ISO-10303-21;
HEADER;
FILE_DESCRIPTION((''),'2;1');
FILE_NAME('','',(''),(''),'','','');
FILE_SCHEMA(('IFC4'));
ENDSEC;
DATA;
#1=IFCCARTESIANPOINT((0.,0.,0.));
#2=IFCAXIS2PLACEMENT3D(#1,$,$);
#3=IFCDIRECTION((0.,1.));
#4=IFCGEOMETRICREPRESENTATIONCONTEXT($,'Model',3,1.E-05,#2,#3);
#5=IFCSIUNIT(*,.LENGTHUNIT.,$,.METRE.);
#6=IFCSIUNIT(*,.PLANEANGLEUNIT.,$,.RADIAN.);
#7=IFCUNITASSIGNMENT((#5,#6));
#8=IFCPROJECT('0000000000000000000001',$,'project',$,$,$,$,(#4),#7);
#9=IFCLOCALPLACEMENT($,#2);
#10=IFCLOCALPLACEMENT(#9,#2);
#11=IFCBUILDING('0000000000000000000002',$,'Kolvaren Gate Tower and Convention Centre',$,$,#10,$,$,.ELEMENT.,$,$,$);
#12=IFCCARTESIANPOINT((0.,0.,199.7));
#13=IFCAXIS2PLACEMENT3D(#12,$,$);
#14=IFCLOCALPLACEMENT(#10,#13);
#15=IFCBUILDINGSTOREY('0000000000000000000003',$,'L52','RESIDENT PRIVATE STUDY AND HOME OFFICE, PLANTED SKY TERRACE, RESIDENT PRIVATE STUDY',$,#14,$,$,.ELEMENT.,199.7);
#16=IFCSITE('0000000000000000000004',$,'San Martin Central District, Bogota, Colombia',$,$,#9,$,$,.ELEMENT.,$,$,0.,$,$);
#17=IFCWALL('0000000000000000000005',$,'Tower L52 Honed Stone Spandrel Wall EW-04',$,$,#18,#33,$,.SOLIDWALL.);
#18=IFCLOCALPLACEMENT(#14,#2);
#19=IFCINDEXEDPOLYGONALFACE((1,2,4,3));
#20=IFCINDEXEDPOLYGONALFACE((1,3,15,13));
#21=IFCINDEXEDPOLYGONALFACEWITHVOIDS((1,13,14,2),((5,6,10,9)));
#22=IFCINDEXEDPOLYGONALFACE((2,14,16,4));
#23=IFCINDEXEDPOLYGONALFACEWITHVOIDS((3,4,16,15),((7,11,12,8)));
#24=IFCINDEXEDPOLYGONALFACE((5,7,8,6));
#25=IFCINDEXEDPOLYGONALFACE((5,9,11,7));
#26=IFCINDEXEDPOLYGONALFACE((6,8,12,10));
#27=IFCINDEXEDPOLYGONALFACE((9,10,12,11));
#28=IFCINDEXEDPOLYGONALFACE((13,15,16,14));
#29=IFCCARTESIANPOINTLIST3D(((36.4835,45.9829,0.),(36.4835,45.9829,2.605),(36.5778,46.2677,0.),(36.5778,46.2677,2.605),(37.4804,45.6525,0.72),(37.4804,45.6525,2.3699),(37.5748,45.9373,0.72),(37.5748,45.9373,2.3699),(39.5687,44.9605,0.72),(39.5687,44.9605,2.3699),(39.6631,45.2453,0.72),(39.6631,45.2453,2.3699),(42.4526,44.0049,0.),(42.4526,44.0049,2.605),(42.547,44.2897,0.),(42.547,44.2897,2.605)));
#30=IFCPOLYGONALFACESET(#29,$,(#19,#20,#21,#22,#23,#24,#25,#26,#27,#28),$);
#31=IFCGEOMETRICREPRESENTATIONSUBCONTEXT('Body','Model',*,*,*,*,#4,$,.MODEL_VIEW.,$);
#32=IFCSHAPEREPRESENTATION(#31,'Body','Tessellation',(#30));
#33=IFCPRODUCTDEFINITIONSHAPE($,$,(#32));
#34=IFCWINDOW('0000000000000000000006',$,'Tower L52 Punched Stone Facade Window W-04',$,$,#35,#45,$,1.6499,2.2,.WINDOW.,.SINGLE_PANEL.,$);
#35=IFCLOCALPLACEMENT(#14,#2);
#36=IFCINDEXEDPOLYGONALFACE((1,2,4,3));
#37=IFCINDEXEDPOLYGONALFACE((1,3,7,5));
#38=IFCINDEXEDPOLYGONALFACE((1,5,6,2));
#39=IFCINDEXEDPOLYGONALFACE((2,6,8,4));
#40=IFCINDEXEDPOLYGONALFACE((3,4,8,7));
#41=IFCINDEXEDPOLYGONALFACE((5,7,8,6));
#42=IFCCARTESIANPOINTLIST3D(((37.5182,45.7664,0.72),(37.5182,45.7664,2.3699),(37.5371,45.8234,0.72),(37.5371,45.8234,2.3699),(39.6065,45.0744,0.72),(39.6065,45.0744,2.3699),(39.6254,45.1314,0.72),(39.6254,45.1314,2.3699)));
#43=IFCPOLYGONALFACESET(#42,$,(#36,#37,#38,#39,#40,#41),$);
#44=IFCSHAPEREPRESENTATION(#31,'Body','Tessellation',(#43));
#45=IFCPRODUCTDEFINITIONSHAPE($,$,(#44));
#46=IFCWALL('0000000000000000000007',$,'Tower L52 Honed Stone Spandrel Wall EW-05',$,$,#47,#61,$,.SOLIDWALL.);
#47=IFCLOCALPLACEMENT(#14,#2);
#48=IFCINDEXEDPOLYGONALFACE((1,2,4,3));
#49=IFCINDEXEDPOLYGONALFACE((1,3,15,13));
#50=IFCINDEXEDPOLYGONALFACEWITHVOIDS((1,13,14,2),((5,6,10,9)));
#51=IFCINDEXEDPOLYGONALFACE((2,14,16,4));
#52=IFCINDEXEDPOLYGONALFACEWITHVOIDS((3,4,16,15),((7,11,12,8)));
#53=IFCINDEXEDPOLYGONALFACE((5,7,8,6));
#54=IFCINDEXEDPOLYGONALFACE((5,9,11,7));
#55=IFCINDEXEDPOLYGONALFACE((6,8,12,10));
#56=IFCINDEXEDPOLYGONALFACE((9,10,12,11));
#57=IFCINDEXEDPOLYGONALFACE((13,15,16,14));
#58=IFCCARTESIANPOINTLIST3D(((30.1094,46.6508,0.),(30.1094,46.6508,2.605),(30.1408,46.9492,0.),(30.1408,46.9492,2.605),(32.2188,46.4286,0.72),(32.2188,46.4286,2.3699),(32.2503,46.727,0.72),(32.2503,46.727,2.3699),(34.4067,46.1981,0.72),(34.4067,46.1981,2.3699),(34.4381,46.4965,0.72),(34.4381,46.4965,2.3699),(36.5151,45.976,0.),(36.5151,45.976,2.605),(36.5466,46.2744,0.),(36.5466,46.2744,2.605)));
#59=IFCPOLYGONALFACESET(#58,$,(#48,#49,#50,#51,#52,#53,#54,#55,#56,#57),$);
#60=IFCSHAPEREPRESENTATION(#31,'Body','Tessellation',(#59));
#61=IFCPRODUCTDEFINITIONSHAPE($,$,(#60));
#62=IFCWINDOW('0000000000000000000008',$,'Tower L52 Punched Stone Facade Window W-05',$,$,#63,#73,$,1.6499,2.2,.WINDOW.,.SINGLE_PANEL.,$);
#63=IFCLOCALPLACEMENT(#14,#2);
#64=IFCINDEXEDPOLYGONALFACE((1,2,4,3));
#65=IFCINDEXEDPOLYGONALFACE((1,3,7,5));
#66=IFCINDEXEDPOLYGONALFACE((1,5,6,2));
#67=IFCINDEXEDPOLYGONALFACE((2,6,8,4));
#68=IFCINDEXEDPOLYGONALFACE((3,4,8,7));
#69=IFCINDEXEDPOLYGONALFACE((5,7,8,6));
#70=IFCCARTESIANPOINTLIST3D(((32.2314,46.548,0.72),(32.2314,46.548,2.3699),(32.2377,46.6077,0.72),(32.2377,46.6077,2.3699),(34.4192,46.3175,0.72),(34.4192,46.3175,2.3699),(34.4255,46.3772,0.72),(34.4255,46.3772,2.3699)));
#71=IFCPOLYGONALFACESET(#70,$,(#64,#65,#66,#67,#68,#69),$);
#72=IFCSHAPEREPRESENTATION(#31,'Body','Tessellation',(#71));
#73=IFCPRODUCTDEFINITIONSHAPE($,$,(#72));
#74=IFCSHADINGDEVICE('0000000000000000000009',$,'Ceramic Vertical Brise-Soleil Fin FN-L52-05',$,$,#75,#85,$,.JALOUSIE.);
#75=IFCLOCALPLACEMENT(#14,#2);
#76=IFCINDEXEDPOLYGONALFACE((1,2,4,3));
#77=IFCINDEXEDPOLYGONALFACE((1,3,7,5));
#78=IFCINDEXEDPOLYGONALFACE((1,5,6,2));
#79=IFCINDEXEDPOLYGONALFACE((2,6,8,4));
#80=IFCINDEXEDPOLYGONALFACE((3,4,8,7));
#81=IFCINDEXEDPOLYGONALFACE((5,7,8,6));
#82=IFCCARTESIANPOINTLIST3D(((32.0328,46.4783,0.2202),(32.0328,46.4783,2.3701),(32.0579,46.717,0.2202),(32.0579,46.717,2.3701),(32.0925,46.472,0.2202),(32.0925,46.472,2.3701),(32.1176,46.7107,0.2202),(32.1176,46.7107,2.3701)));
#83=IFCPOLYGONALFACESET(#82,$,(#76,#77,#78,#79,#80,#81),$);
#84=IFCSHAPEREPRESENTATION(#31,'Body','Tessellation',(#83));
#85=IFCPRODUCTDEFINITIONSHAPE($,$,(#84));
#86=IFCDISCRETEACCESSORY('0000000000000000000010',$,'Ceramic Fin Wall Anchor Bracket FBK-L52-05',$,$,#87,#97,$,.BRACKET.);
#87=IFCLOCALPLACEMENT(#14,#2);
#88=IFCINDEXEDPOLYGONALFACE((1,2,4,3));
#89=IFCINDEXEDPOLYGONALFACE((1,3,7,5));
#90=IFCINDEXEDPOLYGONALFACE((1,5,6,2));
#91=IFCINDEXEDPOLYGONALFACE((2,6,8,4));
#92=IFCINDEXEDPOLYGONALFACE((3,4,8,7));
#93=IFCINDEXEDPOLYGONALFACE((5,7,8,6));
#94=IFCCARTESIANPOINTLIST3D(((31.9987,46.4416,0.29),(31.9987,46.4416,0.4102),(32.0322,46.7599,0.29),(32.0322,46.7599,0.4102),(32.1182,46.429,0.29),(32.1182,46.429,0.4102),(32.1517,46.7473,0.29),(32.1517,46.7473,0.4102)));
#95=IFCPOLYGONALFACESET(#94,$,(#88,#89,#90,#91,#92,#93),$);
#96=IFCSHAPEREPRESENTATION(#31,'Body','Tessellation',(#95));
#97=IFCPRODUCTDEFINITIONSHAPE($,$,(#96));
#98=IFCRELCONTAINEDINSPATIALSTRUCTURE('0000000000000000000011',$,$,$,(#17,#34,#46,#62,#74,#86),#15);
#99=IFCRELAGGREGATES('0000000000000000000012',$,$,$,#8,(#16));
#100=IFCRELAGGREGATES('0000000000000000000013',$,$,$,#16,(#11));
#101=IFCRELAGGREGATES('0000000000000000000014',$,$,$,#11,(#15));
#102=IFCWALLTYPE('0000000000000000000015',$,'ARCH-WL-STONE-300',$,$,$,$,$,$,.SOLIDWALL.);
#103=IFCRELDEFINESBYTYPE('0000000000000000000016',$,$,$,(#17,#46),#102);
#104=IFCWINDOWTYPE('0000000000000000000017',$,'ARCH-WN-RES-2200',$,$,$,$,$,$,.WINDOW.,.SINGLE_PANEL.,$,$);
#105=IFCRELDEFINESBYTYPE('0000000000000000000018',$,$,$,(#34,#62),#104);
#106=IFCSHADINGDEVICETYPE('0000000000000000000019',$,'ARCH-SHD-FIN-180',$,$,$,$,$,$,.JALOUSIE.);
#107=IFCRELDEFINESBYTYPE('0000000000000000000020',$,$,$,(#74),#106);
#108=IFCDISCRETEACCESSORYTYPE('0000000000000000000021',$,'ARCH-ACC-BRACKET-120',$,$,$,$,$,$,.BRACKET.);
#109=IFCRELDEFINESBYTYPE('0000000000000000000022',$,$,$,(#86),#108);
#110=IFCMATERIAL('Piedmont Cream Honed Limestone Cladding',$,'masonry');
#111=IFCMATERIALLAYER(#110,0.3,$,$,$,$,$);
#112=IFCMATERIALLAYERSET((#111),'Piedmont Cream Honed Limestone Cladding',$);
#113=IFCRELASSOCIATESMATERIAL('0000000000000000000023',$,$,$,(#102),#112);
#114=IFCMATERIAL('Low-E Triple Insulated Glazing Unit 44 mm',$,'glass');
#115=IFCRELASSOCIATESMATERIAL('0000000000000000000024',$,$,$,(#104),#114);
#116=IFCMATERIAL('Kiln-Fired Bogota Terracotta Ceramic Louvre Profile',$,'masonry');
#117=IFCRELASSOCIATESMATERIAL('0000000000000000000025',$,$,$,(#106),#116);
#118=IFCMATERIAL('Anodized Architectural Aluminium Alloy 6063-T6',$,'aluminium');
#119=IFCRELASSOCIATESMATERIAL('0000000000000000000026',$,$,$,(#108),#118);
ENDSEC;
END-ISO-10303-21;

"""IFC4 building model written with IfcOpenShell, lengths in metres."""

from ifc_helpers import new_model, si_unit, direction, frame, frame_2d, origin, origin_2d, place, context, subcontext, project, spatial, rectangle, extrude, material, layer, layer_set, type_object, element, fill, save


model = new_model("IFC4")

# Units and contexts
model_context = context("Model", 3, precision=1e-05, world=origin(), true_north=direction((0.0, 1.0)))
body_context = subcontext(model_context, "Body", "Model", "MODEL_VIEW")
ifc_project = project(units=[si_unit("LENGTHUNIT", "METRE"), si_unit("PLANEANGLEUNIT", "RADIAN")], contexts=[model_context])

# Site, building, storey
site_placement = place(None, origin())
site = spatial("IfcSite", under=ifc_project, at=site_placement, Name="San Martin Central District, Bogota, Colombia", CompositionType="ELEMENT", RefElevation=0.0)
building_placement = place(site_placement, origin())
building = spatial("IfcBuilding", under=site, at=building_placement, Name="Kolvaren Gate Tower and Convention Centre", CompositionType="ELEMENT")
storey_placement = place(building_placement, frame((0.0, 0.0, 199.7)))
storey = spatial("IfcBuildingStorey", under=building, at=storey_placement, Name="L52", Description="RESIDENT PRIVATE STUDY AND HOME OFFICE, PLANTED SKY TERRACE, RESIDENT PRIVATE STUDY", CompositionType="ELEMENT", Elevation=199.7)

# Walls, openings, windows
ifc_material_1 = material(Name="Piedmont Cream Honed Limestone Cladding", Category="masonry")
ifc_layer_1 = layer(ifc_material_1, 0.3)
ifc_layer_set_1 = layer_set([ifc_layer_1], Name="Piedmont Cream Honed Limestone Cladding")
wall_type_1 = type_object("IfcWallType", Name="ARCH-WL-STONE-300", PredefinedType="SOLIDWALL", material=ifc_layer_set_1)
wall_1_placement = place(storey_placement, frame((36.5308, 46.1252, 0.0), z_axis=(0.0, 0.0, 1.0), x_axis=(0.949241, -0.31455, 0.0)))
wall_1 = element("IfcWall", 1, at=wall_1_placement, inside=storey, type_object=wall_type_1, Name="Tower L52 Honed Stone Spandrel Wall EW-04", PredefinedType="SOLIDWALL", context=body_context, shape_type="SweptSolid", body=[
    extrude(rectangle(XDim=6.2883, YDim=0.3, at=frame_2d((3.144, 0.0))), origin(), (0.0, 0.0, 1.0), 2.605),
])
opening_1_placement = place(wall_1_placement, frame((1.05, 0.0, 0.72)))
opening_1 = element("IfcOpeningElement", 2, at=opening_1_placement, cuts=wall_1, PredefinedType="OPENING", context=body_context, shape_type="SweptSolid", body=[
    extrude(rectangle(XDim=2.2, YDim=1.6499, at=frame_2d((1.1001, 0.825))), frame((0.0, 0.1599, 0.0), z_axis=(0.0, -1.0, 0.0), x_axis=(1.0, 0.0, 0.0)), (0.0, 0.0, 1.0), 0.3201),
])
ifc_material_2 = material(Name="Low-E Triple Insulated Glazing Unit 44 mm", Category="glass")
window_type = type_object("IfcWindowType", Name="ARCH-WN-RES-2200", PartitioningType="SINGLE_PANEL", PredefinedType="WINDOW", material=ifc_material_2)
window_1_placement = place(opening_1_placement, origin())
window_1 = element("IfcWindow", 3, at=window_1_placement, inside=storey, type_object=window_type, Name="Tower L52 Punched Stone Facade Window W-04", OverallHeight=1.6499, OverallWidth=2.2, PartitioningType="SINGLE_PANEL", PredefinedType="WINDOW", context=body_context, shape_type="SweptSolid", body=[
    extrude(rectangle(XDim=2.2, YDim=1.6499, at=frame_2d((1.1001, 0.825))), frame((0.0, 0.03, 0.0), z_axis=(0.0, -1.0, 0.0), x_axis=(1.0, 0.0, 0.0)), (0.0, 0.0, 1.0), 0.0601),
])
fill(opening_1, window_1)
wall_2_placement = place(storey_placement, frame((30.125, 46.8, 0.0), z_axis=(0.0, 0.0, 1.0), x_axis=(0.994497, -0.104764, 0.0)))
wall_2 = element("IfcWall", 4, at=wall_2_placement, inside=storey, type_object=wall_type_1, Name="Tower L52 Honed Stone Spandrel Wall EW-05", PredefinedType="SOLIDWALL", context=body_context, shape_type="SweptSolid", body=[
    extrude(rectangle(XDim=6.4412, YDim=0.3, at=frame_2d((3.2207, 0.0))), origin(), (0.0, 0.0, 1.0), 2.605),
])
opening_2_placement = place(wall_2_placement, frame((2.1211, 0.0, 0.72)))
opening_2 = element("IfcOpeningElement", 5, at=opening_2_placement, cuts=wall_2, PredefinedType="OPENING", context=body_context, shape_type="SweptSolid", body=[
    extrude(rectangle(XDim=2.2, YDim=1.6499, at=frame_2d((1.1001, 0.825))), frame((0.0, 0.1599, 0.0), z_axis=(0.0, -1.0, 0.0), x_axis=(1.0, 0.0, 0.0)), (0.0, 0.0, 1.0), 0.3201),
])
window_2_placement = place(opening_2_placement, origin())
window_2 = element("IfcWindow", 6, at=window_2_placement, inside=storey, type_object=window_type, Name="Tower L52 Punched Stone Facade Window W-05", OverallHeight=1.6499, OverallWidth=2.2, PartitioningType="SINGLE_PANEL", PredefinedType="WINDOW", context=body_context, shape_type="SweptSolid", body=[
    extrude(rectangle(XDim=2.2, YDim=1.6499, at=frame_2d((1.1001, 0.825))), frame((0.0, 0.03, 0.0), z_axis=(0.0, -1.0, 0.0), x_axis=(1.0, 0.0, 0.0)), (0.0, 0.0, 1.0), 0.0601),
])
fill(opening_2, window_2)

# Shading device
ifc_material_3 = material(Name="Kiln-Fired Bogota Terracotta Ceramic Louvre Profile", Category="masonry")
shading_device_type = type_object("IfcShadingDeviceType", Name="ARCH-SHD-FIN-180", PredefinedType="JALOUSIE", material=ifc_material_3)
shading_device_placement = place(storey_placement, frame((32.0752, 46.5945, 0.2202), z_axis=(0.0, 0.0, 1.0), x_axis=(0.994499, -0.104747, 0.0)))
element("IfcShadingDevice", 7, at=shading_device_placement, inside=storey, type_object=shading_device_type, Name="Ceramic Vertical Brise-Soleil Fin FN-L52-05", PredefinedType="JALOUSIE", context=body_context, shape_type="SweptSolid", body=[
    extrude(rectangle(XDim=0.0601, YDim=0.24, at=origin_2d()), origin(), (0.0, 0.0, 1.0), 2.1499),
])

# Discrete accessory
ifc_material_4 = material(Name="Anodized Architectural Aluminium Alloy 6063-T6", Category="aluminium")
discrete_accessory_type = type_object("IfcDiscreteAccessoryType", Name="ARCH-ACC-BRACKET-120", PredefinedType="BRACKET", material=ifc_material_4)
discrete_accessory_placement = place(storey_placement, frame((32.0752, 46.5945, 0.29), z_axis=(0.0, 0.0, 1.0), x_axis=(0.994499, -0.104747, 0.0)))
element("IfcDiscreteAccessory", 8, at=discrete_accessory_placement, inside=storey, type_object=discrete_accessory_type, Name="Ceramic Fin Wall Anchor Bracket FBK-L52-05", PredefinedType="BRACKET", context=body_context, shape_type="SweptSolid", body=[
    extrude(rectangle(XDim=0.1201, YDim=0.3201, at=origin_2d()), origin(), (0.0, 0.0, 1.0), 0.1201),
])

save(model, "model.ifc")
